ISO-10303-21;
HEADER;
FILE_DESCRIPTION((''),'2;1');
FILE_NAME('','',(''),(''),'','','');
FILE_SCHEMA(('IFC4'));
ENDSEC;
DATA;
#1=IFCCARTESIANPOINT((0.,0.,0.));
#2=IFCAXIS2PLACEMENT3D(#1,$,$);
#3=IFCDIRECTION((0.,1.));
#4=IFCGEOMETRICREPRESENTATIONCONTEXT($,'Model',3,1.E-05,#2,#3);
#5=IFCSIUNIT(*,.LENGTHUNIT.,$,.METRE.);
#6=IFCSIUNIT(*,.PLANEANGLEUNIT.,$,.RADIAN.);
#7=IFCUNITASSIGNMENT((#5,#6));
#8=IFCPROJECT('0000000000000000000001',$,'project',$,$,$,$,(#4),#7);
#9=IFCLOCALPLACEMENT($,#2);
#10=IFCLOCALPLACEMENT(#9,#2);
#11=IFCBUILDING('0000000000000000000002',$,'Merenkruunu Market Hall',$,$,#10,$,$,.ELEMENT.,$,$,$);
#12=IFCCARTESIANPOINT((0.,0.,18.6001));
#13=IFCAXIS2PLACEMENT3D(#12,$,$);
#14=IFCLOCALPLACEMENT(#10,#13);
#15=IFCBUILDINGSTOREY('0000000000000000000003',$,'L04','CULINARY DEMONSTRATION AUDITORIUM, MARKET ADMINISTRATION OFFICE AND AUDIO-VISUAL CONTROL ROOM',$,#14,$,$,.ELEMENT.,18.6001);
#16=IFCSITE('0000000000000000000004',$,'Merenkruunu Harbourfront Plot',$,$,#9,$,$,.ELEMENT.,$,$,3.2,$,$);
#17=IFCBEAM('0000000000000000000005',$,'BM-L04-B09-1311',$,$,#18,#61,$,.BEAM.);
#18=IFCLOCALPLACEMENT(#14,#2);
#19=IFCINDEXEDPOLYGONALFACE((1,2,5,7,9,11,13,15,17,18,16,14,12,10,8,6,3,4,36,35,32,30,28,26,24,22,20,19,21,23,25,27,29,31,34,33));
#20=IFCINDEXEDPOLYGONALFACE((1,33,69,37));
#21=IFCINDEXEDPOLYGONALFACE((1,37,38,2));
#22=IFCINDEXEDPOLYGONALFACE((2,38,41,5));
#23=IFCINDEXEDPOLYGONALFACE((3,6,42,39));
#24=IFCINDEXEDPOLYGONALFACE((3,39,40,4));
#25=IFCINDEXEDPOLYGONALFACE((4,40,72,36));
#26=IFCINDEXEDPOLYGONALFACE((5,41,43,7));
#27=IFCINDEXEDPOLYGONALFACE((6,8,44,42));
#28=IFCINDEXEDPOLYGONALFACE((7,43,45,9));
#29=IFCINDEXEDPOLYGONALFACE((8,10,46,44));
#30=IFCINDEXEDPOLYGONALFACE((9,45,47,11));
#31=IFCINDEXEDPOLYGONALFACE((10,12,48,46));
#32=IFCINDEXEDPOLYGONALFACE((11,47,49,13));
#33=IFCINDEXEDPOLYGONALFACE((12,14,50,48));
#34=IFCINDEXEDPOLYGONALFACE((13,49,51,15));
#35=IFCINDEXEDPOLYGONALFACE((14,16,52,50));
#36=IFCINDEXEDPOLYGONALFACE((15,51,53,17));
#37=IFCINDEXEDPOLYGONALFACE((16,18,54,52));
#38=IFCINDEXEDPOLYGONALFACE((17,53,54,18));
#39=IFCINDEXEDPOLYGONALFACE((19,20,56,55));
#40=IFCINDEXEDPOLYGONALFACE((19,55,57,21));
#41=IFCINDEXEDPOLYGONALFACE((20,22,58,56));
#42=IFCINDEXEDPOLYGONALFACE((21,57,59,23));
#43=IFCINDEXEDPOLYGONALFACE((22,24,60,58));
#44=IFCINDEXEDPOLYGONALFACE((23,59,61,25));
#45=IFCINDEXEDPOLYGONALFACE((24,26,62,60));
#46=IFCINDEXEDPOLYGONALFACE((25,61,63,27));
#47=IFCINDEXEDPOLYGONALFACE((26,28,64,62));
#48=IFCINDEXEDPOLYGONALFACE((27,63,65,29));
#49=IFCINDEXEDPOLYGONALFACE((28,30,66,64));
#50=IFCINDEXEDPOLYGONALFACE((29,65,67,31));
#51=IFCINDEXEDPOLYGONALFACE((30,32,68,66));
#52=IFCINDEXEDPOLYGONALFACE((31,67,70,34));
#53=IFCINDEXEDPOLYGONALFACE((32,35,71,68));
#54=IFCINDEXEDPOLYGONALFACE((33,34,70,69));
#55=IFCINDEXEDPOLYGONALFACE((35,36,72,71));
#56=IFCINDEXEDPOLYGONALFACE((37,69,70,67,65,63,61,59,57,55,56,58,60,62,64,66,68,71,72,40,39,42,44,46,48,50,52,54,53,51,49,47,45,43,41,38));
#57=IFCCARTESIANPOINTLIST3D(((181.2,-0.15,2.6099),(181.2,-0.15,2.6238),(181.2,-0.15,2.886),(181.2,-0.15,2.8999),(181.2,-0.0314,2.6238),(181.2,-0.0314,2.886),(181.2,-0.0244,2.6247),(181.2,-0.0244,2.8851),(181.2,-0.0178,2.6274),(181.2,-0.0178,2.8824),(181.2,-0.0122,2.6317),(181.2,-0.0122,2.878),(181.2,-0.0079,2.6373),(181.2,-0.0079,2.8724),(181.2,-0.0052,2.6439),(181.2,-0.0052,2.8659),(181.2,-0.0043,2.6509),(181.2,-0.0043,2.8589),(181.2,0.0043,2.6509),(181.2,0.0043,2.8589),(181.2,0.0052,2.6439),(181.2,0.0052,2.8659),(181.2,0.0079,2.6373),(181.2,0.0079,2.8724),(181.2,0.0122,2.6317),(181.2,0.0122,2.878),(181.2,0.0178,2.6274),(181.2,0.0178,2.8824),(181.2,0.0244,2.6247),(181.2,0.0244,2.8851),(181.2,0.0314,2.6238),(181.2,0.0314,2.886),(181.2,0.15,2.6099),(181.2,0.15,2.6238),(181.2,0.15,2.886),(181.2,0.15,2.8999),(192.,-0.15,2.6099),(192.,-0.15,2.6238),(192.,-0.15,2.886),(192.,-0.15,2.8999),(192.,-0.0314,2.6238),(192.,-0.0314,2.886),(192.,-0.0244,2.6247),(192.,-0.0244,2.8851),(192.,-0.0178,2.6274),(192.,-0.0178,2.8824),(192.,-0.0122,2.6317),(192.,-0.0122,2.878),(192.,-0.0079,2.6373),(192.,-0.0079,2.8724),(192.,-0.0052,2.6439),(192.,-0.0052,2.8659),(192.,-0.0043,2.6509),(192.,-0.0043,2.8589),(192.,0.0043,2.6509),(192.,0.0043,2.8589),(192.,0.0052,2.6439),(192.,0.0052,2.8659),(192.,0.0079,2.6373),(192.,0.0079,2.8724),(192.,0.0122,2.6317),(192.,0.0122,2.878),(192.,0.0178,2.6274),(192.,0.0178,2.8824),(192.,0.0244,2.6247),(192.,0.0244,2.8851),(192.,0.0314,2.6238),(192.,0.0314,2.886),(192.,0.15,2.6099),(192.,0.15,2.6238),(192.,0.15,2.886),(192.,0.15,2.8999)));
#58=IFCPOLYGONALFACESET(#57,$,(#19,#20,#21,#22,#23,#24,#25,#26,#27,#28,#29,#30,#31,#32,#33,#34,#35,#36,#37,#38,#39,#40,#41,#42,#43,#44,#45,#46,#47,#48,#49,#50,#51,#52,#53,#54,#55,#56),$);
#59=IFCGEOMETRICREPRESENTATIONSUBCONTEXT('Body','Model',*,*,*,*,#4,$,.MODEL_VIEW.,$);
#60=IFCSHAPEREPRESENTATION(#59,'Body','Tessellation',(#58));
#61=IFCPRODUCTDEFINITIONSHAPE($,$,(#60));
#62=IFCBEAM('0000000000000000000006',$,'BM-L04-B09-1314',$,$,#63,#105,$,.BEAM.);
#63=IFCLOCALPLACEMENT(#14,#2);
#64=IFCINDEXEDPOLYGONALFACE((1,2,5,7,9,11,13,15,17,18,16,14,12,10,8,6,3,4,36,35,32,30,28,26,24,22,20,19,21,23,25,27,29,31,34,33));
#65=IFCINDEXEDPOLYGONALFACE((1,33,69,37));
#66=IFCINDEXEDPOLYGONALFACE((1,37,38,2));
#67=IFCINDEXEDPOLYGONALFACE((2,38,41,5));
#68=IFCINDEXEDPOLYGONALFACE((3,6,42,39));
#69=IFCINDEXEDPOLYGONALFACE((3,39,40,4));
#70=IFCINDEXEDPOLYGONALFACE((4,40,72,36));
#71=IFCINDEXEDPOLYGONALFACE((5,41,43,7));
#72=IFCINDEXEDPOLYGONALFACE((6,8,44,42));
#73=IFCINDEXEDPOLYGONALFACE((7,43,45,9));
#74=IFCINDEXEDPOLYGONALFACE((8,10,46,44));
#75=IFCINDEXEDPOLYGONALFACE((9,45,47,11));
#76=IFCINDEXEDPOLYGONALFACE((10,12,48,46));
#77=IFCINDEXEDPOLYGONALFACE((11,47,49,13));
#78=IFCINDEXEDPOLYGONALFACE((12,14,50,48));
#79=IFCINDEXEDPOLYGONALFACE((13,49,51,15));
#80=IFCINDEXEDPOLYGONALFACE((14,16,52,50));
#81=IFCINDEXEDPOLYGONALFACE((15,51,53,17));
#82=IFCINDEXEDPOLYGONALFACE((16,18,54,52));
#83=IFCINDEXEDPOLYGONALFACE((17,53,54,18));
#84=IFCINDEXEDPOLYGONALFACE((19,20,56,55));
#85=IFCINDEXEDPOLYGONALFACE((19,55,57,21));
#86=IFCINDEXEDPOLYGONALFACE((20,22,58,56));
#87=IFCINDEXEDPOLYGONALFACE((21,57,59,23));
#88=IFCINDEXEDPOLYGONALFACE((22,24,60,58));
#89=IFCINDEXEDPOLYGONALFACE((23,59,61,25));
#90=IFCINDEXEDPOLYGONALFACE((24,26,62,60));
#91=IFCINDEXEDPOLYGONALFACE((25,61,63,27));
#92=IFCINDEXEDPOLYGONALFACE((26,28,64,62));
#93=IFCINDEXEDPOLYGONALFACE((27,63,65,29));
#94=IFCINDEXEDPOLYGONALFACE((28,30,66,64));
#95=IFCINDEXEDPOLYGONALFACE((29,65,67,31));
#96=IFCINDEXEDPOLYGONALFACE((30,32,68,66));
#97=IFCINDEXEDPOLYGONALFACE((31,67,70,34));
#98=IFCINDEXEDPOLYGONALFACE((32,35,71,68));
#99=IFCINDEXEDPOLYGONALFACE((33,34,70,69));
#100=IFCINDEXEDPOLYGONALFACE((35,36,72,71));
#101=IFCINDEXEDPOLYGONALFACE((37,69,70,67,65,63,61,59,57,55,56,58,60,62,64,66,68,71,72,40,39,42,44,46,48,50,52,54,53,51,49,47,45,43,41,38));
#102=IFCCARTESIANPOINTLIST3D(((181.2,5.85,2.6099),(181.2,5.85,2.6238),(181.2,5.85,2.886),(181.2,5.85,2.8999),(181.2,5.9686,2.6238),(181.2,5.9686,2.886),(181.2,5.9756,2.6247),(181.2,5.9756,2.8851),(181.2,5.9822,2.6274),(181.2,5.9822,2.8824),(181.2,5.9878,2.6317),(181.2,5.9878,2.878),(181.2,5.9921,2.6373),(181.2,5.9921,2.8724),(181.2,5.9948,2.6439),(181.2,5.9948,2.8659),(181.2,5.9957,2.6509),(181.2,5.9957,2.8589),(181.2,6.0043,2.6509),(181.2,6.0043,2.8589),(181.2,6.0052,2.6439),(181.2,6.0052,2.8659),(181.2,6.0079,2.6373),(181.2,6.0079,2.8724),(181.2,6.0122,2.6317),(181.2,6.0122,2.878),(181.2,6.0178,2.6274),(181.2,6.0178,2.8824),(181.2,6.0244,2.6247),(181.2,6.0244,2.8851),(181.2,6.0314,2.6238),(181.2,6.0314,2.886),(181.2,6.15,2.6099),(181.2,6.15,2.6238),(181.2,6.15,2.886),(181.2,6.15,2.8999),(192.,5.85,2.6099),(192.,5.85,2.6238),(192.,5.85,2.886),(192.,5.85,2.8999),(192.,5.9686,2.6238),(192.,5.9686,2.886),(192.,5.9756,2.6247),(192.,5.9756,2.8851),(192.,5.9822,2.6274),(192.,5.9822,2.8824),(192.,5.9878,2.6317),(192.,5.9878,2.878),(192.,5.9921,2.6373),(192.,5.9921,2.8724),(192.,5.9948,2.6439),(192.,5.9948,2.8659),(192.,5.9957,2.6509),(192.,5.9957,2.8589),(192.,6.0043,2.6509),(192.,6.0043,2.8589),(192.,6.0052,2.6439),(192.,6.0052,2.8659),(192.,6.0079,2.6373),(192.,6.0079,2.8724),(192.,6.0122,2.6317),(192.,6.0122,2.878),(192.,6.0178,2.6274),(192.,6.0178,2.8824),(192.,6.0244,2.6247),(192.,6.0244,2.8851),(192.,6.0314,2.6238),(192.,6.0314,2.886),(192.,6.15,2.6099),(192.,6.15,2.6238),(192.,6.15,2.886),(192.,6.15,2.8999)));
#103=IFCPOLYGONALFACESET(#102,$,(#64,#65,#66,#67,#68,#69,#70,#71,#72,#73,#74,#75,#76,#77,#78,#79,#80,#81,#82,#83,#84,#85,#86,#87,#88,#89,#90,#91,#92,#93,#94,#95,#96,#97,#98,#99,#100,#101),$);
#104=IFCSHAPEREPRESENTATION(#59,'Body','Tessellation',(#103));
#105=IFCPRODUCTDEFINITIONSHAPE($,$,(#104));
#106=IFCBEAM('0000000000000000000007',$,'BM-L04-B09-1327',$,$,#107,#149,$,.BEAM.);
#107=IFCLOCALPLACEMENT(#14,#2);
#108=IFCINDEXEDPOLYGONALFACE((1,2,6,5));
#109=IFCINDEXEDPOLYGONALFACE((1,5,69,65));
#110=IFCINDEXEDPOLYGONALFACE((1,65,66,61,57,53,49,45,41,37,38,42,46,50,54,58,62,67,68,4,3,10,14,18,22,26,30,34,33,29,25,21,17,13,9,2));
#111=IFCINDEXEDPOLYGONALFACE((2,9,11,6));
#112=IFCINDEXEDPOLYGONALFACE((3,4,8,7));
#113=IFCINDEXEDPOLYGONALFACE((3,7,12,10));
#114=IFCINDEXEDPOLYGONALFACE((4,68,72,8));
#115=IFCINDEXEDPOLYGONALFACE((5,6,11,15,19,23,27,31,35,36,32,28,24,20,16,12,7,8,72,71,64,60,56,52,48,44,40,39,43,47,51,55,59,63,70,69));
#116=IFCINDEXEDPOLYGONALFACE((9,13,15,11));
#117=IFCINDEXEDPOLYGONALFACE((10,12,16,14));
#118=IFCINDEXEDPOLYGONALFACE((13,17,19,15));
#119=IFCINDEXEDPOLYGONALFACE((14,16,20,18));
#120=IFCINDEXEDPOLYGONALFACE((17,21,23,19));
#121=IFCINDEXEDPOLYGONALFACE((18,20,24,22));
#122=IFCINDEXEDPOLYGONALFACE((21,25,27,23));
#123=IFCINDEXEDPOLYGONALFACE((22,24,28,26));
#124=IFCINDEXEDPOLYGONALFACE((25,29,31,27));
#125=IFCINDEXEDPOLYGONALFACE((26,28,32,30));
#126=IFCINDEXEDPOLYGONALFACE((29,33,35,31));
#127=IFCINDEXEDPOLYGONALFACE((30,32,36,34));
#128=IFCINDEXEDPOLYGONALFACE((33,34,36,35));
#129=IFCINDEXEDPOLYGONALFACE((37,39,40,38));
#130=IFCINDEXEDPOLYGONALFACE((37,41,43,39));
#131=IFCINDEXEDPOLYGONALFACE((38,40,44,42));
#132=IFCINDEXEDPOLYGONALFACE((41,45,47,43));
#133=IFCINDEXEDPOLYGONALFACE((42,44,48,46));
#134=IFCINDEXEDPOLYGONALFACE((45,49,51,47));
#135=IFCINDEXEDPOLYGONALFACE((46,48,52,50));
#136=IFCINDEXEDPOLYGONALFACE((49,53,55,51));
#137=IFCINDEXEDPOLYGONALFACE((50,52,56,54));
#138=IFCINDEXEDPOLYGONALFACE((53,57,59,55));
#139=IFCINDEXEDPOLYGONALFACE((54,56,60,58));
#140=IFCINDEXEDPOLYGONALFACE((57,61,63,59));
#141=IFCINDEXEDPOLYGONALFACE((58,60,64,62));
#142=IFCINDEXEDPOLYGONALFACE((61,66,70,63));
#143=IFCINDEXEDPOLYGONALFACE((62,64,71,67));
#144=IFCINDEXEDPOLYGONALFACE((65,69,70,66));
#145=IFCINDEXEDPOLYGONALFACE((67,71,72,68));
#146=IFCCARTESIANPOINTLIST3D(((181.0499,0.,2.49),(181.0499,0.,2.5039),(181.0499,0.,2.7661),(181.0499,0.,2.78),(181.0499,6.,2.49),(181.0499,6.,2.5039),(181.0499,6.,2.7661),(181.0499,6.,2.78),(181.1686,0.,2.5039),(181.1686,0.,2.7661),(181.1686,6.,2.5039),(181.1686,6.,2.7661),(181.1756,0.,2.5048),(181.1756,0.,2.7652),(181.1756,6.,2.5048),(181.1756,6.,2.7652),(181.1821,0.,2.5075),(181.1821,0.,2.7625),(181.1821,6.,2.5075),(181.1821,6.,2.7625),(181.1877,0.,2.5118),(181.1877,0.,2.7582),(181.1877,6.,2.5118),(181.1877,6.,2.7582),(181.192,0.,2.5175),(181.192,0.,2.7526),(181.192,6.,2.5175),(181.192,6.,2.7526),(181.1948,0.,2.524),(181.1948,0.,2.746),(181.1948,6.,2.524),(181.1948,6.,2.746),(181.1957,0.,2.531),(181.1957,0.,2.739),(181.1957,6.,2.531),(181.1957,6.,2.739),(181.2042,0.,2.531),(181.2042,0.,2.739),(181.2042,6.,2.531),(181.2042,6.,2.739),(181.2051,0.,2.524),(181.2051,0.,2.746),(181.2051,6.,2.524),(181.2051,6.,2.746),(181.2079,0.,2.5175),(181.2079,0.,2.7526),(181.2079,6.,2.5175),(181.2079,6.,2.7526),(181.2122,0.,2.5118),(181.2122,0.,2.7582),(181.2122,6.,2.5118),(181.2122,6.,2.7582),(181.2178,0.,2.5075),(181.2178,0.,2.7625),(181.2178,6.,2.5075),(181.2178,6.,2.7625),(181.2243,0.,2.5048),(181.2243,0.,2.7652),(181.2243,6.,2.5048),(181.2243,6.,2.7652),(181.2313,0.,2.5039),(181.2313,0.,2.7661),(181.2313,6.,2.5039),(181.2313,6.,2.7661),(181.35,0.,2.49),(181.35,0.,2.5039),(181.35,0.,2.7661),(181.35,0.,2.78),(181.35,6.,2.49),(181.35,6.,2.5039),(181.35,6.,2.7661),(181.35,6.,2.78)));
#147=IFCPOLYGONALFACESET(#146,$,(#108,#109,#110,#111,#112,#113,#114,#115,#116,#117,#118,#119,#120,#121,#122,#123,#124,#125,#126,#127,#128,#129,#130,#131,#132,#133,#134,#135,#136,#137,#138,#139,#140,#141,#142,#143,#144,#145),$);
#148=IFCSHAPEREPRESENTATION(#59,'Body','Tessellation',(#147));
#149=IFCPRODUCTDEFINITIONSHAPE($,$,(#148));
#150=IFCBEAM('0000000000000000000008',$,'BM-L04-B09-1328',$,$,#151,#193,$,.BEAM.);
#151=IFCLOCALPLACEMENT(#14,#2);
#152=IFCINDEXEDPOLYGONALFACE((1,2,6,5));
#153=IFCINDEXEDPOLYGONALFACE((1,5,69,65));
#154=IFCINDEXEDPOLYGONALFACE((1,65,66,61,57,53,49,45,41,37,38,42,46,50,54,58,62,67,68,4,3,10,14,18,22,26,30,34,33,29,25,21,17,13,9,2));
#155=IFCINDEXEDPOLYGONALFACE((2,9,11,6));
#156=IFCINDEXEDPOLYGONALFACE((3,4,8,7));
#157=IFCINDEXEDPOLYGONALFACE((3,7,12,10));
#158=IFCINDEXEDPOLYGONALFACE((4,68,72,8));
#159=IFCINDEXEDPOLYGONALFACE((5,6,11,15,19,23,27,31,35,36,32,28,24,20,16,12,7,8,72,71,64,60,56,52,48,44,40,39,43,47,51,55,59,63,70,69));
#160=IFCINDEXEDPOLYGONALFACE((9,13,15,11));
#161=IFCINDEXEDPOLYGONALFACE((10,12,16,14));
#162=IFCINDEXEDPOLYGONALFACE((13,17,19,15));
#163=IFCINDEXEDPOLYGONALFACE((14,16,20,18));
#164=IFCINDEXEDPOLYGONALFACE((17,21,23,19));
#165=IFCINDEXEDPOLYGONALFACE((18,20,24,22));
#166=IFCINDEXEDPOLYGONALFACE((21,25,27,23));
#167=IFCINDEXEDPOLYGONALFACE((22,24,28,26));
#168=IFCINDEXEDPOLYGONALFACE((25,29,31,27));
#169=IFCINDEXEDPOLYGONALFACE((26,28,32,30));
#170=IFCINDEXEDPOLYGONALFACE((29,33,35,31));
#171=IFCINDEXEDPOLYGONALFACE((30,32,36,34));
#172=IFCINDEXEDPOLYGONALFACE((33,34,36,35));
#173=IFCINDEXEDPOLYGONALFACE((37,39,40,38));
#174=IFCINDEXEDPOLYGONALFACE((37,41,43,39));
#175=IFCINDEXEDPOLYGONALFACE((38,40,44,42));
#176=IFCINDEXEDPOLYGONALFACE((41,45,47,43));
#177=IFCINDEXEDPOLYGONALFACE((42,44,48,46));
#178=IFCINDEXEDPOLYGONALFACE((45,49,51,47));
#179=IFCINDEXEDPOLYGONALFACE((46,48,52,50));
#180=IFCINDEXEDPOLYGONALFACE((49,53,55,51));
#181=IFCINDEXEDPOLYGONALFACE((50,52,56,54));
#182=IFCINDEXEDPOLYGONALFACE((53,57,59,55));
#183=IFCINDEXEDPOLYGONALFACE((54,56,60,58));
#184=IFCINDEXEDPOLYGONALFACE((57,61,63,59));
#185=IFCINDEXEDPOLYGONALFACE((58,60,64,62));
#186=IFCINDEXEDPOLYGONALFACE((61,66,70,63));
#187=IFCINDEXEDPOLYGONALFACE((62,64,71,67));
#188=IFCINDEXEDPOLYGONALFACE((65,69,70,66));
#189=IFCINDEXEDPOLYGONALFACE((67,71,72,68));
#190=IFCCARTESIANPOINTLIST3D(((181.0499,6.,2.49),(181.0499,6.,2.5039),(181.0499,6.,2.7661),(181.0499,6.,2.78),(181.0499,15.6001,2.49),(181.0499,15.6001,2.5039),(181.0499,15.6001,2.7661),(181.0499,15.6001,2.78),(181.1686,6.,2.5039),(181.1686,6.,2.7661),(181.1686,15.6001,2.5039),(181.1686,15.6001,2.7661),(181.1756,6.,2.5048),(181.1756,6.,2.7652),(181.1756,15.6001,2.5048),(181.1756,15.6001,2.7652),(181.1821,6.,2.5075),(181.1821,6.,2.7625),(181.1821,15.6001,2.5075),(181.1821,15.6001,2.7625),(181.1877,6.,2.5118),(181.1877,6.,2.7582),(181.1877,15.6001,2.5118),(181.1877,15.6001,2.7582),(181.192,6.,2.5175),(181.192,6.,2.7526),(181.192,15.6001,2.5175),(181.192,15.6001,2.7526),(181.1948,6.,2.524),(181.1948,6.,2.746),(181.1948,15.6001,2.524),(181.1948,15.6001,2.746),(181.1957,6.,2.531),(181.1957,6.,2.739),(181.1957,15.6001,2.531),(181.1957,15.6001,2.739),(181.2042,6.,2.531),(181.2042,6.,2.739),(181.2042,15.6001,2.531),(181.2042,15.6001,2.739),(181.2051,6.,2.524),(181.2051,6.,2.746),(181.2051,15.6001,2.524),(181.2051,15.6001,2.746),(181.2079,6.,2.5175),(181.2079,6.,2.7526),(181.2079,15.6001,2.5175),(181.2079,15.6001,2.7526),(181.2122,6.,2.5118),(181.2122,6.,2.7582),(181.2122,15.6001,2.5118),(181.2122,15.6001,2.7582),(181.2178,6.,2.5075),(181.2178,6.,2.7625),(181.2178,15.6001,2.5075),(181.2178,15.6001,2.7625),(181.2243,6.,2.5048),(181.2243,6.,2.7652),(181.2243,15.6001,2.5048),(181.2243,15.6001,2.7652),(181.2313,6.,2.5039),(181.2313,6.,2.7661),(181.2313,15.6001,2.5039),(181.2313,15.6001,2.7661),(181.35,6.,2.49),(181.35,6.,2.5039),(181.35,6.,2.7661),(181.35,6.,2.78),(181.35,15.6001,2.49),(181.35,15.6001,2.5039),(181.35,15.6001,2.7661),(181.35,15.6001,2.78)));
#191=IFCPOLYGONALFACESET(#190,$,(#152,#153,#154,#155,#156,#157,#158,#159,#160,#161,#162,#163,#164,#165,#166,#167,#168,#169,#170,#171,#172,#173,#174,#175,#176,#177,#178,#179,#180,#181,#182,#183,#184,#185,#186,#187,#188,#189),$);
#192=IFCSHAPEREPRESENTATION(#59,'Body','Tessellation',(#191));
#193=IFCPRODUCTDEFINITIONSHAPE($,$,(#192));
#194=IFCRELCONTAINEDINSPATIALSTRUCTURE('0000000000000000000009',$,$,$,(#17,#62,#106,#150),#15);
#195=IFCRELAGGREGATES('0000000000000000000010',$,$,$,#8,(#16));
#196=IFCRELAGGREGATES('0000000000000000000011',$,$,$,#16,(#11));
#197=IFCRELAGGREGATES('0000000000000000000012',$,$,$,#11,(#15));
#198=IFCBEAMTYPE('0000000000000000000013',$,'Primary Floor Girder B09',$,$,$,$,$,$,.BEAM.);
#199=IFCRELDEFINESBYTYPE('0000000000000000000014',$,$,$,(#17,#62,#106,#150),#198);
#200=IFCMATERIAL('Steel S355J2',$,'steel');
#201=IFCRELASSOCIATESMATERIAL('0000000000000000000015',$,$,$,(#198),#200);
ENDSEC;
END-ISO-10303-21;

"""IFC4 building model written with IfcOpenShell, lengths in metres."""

from ifc_helpers import new_model, si_unit, direction, frame, origin, origin_2d, place, context, subcontext, project, spatial, i_section, extrude, material, material_profile, profile_set, type_object, element, save


model = new_model("IFC4")

# Units and contexts
model_context = context("Model", 3, precision=1e-05, world=origin(), true_north=direction((0.0, 1.0)))
body_context = subcontext(model_context, "Body", "Model", "MODEL_VIEW")
ifc_project = project(units=[si_unit("LENGTHUNIT", "METRE"), si_unit("PLANEANGLEUNIT", "RADIAN")], contexts=[model_context])

# Site, building, storey
site_placement = place(None, origin())
site = spatial("IfcSite", under=ifc_project, at=site_placement, Name="Merenkruunu Harbourfront Plot", CompositionType="ELEMENT", RefElevation=3.2)
building_placement = place(site_placement, origin())
building = spatial("IfcBuilding", under=site, at=building_placement, Name="Merenkruunu Market Hall", CompositionType="ELEMENT")
storey_placement = place(building_placement, frame((0.0, 0.0, 18.6001)))
storey = spatial("IfcBuildingStorey", under=building, at=storey_placement, Name="L04", Description="CULINARY DEMONSTRATION AUDITORIUM, MARKET ADMINISTRATION OFFICE AND AUDIO-VISUAL CONTROL ROOM", CompositionType="ELEMENT", Elevation=18.6001)

# Shared definitions
ifc_material_1 = material(Name="Steel S355J2", Category="steel")

# Beams
ifc_material_profile_1 = material_profile(ifc_material_1, i_section(OverallWidth=0.3, OverallDepth=0.29, WebThickness=0.0085, FlangeThickness=0.0139, FilletRadius=0.0271, at=origin_2d()), Name="HEA 300")
ifc_profile_set_1 = profile_set([ifc_material_profile_1], Name="Steel S355J2")
beam_type_1 = type_object("IfcBeamType", Name="Primary Floor Girder B09", PredefinedType="BEAM", material=ifc_profile_set_1)
for number, where, z_axis, x_axis, name in (
    (1, (181.2, 0.0, 2.7549), (1.0, 0.0, 0.0), (0.0, 1.0, 0.0), "BM-L04-B09-1311"),
    (2, (181.2, 6.0, 2.7549), (1.0, 0.0, 0.0), (0.0, 1.0, 0.0), "BM-L04-B09-1314"),
):
    element("IfcBeam", number, at=place(storey_placement, frame(where, z_axis=z_axis, x_axis=x_axis)), inside=storey, type_object=beam_type_1, Name=name, PredefinedType="BEAM", context=body_context, shape_type="SweptSolid", body=[
        extrude(i_section(OverallWidth=0.3, OverallDepth=0.29, WebThickness=0.0085, FlangeThickness=0.0139, FilletRadius=0.0271, at=origin_2d()), origin(), (0.0, 0.0, 1.0), 10.8),
    ])
beam_1_placement = place(storey_placement, frame((181.2, 0.0, 2.635), z_axis=(0.0, 1.0, 0.0), x_axis=(-1.0, 0.0, 0.0)))
element("IfcBeam", 3, at=beam_1_placement, inside=storey, type_object=beam_type_1, Name="BM-L04-B09-1327", PredefinedType="BEAM", context=body_context, shape_type="SweptSolid", body=[
    extrude(i_section(OverallWidth=0.3, OverallDepth=0.29, WebThickness=0.0085, FlangeThickness=0.0139, FilletRadius=0.0271, at=origin_2d()), origin(), (0.0, 0.0, 1.0), 6.0),
])
beam_2_placement = place(storey_placement, frame((181.2, 6.0, 2.635), z_axis=(0.0, 1.0, 0.0), x_axis=(-1.0, 0.0, 0.0)))
element("IfcBeam", 4, at=beam_2_placement, inside=storey, type_object=beam_type_1, Name="BM-L04-B09-1328", PredefinedType="BEAM", context=body_context, shape_type="SweptSolid", body=[
    extrude(i_section(OverallWidth=0.3, OverallDepth=0.29, WebThickness=0.0085, FlangeThickness=0.0139, FilletRadius=0.0271, at=origin_2d()), origin(), (0.0, 0.0, 1.0), 9.6001),
])

save(model, "model.ifc")
